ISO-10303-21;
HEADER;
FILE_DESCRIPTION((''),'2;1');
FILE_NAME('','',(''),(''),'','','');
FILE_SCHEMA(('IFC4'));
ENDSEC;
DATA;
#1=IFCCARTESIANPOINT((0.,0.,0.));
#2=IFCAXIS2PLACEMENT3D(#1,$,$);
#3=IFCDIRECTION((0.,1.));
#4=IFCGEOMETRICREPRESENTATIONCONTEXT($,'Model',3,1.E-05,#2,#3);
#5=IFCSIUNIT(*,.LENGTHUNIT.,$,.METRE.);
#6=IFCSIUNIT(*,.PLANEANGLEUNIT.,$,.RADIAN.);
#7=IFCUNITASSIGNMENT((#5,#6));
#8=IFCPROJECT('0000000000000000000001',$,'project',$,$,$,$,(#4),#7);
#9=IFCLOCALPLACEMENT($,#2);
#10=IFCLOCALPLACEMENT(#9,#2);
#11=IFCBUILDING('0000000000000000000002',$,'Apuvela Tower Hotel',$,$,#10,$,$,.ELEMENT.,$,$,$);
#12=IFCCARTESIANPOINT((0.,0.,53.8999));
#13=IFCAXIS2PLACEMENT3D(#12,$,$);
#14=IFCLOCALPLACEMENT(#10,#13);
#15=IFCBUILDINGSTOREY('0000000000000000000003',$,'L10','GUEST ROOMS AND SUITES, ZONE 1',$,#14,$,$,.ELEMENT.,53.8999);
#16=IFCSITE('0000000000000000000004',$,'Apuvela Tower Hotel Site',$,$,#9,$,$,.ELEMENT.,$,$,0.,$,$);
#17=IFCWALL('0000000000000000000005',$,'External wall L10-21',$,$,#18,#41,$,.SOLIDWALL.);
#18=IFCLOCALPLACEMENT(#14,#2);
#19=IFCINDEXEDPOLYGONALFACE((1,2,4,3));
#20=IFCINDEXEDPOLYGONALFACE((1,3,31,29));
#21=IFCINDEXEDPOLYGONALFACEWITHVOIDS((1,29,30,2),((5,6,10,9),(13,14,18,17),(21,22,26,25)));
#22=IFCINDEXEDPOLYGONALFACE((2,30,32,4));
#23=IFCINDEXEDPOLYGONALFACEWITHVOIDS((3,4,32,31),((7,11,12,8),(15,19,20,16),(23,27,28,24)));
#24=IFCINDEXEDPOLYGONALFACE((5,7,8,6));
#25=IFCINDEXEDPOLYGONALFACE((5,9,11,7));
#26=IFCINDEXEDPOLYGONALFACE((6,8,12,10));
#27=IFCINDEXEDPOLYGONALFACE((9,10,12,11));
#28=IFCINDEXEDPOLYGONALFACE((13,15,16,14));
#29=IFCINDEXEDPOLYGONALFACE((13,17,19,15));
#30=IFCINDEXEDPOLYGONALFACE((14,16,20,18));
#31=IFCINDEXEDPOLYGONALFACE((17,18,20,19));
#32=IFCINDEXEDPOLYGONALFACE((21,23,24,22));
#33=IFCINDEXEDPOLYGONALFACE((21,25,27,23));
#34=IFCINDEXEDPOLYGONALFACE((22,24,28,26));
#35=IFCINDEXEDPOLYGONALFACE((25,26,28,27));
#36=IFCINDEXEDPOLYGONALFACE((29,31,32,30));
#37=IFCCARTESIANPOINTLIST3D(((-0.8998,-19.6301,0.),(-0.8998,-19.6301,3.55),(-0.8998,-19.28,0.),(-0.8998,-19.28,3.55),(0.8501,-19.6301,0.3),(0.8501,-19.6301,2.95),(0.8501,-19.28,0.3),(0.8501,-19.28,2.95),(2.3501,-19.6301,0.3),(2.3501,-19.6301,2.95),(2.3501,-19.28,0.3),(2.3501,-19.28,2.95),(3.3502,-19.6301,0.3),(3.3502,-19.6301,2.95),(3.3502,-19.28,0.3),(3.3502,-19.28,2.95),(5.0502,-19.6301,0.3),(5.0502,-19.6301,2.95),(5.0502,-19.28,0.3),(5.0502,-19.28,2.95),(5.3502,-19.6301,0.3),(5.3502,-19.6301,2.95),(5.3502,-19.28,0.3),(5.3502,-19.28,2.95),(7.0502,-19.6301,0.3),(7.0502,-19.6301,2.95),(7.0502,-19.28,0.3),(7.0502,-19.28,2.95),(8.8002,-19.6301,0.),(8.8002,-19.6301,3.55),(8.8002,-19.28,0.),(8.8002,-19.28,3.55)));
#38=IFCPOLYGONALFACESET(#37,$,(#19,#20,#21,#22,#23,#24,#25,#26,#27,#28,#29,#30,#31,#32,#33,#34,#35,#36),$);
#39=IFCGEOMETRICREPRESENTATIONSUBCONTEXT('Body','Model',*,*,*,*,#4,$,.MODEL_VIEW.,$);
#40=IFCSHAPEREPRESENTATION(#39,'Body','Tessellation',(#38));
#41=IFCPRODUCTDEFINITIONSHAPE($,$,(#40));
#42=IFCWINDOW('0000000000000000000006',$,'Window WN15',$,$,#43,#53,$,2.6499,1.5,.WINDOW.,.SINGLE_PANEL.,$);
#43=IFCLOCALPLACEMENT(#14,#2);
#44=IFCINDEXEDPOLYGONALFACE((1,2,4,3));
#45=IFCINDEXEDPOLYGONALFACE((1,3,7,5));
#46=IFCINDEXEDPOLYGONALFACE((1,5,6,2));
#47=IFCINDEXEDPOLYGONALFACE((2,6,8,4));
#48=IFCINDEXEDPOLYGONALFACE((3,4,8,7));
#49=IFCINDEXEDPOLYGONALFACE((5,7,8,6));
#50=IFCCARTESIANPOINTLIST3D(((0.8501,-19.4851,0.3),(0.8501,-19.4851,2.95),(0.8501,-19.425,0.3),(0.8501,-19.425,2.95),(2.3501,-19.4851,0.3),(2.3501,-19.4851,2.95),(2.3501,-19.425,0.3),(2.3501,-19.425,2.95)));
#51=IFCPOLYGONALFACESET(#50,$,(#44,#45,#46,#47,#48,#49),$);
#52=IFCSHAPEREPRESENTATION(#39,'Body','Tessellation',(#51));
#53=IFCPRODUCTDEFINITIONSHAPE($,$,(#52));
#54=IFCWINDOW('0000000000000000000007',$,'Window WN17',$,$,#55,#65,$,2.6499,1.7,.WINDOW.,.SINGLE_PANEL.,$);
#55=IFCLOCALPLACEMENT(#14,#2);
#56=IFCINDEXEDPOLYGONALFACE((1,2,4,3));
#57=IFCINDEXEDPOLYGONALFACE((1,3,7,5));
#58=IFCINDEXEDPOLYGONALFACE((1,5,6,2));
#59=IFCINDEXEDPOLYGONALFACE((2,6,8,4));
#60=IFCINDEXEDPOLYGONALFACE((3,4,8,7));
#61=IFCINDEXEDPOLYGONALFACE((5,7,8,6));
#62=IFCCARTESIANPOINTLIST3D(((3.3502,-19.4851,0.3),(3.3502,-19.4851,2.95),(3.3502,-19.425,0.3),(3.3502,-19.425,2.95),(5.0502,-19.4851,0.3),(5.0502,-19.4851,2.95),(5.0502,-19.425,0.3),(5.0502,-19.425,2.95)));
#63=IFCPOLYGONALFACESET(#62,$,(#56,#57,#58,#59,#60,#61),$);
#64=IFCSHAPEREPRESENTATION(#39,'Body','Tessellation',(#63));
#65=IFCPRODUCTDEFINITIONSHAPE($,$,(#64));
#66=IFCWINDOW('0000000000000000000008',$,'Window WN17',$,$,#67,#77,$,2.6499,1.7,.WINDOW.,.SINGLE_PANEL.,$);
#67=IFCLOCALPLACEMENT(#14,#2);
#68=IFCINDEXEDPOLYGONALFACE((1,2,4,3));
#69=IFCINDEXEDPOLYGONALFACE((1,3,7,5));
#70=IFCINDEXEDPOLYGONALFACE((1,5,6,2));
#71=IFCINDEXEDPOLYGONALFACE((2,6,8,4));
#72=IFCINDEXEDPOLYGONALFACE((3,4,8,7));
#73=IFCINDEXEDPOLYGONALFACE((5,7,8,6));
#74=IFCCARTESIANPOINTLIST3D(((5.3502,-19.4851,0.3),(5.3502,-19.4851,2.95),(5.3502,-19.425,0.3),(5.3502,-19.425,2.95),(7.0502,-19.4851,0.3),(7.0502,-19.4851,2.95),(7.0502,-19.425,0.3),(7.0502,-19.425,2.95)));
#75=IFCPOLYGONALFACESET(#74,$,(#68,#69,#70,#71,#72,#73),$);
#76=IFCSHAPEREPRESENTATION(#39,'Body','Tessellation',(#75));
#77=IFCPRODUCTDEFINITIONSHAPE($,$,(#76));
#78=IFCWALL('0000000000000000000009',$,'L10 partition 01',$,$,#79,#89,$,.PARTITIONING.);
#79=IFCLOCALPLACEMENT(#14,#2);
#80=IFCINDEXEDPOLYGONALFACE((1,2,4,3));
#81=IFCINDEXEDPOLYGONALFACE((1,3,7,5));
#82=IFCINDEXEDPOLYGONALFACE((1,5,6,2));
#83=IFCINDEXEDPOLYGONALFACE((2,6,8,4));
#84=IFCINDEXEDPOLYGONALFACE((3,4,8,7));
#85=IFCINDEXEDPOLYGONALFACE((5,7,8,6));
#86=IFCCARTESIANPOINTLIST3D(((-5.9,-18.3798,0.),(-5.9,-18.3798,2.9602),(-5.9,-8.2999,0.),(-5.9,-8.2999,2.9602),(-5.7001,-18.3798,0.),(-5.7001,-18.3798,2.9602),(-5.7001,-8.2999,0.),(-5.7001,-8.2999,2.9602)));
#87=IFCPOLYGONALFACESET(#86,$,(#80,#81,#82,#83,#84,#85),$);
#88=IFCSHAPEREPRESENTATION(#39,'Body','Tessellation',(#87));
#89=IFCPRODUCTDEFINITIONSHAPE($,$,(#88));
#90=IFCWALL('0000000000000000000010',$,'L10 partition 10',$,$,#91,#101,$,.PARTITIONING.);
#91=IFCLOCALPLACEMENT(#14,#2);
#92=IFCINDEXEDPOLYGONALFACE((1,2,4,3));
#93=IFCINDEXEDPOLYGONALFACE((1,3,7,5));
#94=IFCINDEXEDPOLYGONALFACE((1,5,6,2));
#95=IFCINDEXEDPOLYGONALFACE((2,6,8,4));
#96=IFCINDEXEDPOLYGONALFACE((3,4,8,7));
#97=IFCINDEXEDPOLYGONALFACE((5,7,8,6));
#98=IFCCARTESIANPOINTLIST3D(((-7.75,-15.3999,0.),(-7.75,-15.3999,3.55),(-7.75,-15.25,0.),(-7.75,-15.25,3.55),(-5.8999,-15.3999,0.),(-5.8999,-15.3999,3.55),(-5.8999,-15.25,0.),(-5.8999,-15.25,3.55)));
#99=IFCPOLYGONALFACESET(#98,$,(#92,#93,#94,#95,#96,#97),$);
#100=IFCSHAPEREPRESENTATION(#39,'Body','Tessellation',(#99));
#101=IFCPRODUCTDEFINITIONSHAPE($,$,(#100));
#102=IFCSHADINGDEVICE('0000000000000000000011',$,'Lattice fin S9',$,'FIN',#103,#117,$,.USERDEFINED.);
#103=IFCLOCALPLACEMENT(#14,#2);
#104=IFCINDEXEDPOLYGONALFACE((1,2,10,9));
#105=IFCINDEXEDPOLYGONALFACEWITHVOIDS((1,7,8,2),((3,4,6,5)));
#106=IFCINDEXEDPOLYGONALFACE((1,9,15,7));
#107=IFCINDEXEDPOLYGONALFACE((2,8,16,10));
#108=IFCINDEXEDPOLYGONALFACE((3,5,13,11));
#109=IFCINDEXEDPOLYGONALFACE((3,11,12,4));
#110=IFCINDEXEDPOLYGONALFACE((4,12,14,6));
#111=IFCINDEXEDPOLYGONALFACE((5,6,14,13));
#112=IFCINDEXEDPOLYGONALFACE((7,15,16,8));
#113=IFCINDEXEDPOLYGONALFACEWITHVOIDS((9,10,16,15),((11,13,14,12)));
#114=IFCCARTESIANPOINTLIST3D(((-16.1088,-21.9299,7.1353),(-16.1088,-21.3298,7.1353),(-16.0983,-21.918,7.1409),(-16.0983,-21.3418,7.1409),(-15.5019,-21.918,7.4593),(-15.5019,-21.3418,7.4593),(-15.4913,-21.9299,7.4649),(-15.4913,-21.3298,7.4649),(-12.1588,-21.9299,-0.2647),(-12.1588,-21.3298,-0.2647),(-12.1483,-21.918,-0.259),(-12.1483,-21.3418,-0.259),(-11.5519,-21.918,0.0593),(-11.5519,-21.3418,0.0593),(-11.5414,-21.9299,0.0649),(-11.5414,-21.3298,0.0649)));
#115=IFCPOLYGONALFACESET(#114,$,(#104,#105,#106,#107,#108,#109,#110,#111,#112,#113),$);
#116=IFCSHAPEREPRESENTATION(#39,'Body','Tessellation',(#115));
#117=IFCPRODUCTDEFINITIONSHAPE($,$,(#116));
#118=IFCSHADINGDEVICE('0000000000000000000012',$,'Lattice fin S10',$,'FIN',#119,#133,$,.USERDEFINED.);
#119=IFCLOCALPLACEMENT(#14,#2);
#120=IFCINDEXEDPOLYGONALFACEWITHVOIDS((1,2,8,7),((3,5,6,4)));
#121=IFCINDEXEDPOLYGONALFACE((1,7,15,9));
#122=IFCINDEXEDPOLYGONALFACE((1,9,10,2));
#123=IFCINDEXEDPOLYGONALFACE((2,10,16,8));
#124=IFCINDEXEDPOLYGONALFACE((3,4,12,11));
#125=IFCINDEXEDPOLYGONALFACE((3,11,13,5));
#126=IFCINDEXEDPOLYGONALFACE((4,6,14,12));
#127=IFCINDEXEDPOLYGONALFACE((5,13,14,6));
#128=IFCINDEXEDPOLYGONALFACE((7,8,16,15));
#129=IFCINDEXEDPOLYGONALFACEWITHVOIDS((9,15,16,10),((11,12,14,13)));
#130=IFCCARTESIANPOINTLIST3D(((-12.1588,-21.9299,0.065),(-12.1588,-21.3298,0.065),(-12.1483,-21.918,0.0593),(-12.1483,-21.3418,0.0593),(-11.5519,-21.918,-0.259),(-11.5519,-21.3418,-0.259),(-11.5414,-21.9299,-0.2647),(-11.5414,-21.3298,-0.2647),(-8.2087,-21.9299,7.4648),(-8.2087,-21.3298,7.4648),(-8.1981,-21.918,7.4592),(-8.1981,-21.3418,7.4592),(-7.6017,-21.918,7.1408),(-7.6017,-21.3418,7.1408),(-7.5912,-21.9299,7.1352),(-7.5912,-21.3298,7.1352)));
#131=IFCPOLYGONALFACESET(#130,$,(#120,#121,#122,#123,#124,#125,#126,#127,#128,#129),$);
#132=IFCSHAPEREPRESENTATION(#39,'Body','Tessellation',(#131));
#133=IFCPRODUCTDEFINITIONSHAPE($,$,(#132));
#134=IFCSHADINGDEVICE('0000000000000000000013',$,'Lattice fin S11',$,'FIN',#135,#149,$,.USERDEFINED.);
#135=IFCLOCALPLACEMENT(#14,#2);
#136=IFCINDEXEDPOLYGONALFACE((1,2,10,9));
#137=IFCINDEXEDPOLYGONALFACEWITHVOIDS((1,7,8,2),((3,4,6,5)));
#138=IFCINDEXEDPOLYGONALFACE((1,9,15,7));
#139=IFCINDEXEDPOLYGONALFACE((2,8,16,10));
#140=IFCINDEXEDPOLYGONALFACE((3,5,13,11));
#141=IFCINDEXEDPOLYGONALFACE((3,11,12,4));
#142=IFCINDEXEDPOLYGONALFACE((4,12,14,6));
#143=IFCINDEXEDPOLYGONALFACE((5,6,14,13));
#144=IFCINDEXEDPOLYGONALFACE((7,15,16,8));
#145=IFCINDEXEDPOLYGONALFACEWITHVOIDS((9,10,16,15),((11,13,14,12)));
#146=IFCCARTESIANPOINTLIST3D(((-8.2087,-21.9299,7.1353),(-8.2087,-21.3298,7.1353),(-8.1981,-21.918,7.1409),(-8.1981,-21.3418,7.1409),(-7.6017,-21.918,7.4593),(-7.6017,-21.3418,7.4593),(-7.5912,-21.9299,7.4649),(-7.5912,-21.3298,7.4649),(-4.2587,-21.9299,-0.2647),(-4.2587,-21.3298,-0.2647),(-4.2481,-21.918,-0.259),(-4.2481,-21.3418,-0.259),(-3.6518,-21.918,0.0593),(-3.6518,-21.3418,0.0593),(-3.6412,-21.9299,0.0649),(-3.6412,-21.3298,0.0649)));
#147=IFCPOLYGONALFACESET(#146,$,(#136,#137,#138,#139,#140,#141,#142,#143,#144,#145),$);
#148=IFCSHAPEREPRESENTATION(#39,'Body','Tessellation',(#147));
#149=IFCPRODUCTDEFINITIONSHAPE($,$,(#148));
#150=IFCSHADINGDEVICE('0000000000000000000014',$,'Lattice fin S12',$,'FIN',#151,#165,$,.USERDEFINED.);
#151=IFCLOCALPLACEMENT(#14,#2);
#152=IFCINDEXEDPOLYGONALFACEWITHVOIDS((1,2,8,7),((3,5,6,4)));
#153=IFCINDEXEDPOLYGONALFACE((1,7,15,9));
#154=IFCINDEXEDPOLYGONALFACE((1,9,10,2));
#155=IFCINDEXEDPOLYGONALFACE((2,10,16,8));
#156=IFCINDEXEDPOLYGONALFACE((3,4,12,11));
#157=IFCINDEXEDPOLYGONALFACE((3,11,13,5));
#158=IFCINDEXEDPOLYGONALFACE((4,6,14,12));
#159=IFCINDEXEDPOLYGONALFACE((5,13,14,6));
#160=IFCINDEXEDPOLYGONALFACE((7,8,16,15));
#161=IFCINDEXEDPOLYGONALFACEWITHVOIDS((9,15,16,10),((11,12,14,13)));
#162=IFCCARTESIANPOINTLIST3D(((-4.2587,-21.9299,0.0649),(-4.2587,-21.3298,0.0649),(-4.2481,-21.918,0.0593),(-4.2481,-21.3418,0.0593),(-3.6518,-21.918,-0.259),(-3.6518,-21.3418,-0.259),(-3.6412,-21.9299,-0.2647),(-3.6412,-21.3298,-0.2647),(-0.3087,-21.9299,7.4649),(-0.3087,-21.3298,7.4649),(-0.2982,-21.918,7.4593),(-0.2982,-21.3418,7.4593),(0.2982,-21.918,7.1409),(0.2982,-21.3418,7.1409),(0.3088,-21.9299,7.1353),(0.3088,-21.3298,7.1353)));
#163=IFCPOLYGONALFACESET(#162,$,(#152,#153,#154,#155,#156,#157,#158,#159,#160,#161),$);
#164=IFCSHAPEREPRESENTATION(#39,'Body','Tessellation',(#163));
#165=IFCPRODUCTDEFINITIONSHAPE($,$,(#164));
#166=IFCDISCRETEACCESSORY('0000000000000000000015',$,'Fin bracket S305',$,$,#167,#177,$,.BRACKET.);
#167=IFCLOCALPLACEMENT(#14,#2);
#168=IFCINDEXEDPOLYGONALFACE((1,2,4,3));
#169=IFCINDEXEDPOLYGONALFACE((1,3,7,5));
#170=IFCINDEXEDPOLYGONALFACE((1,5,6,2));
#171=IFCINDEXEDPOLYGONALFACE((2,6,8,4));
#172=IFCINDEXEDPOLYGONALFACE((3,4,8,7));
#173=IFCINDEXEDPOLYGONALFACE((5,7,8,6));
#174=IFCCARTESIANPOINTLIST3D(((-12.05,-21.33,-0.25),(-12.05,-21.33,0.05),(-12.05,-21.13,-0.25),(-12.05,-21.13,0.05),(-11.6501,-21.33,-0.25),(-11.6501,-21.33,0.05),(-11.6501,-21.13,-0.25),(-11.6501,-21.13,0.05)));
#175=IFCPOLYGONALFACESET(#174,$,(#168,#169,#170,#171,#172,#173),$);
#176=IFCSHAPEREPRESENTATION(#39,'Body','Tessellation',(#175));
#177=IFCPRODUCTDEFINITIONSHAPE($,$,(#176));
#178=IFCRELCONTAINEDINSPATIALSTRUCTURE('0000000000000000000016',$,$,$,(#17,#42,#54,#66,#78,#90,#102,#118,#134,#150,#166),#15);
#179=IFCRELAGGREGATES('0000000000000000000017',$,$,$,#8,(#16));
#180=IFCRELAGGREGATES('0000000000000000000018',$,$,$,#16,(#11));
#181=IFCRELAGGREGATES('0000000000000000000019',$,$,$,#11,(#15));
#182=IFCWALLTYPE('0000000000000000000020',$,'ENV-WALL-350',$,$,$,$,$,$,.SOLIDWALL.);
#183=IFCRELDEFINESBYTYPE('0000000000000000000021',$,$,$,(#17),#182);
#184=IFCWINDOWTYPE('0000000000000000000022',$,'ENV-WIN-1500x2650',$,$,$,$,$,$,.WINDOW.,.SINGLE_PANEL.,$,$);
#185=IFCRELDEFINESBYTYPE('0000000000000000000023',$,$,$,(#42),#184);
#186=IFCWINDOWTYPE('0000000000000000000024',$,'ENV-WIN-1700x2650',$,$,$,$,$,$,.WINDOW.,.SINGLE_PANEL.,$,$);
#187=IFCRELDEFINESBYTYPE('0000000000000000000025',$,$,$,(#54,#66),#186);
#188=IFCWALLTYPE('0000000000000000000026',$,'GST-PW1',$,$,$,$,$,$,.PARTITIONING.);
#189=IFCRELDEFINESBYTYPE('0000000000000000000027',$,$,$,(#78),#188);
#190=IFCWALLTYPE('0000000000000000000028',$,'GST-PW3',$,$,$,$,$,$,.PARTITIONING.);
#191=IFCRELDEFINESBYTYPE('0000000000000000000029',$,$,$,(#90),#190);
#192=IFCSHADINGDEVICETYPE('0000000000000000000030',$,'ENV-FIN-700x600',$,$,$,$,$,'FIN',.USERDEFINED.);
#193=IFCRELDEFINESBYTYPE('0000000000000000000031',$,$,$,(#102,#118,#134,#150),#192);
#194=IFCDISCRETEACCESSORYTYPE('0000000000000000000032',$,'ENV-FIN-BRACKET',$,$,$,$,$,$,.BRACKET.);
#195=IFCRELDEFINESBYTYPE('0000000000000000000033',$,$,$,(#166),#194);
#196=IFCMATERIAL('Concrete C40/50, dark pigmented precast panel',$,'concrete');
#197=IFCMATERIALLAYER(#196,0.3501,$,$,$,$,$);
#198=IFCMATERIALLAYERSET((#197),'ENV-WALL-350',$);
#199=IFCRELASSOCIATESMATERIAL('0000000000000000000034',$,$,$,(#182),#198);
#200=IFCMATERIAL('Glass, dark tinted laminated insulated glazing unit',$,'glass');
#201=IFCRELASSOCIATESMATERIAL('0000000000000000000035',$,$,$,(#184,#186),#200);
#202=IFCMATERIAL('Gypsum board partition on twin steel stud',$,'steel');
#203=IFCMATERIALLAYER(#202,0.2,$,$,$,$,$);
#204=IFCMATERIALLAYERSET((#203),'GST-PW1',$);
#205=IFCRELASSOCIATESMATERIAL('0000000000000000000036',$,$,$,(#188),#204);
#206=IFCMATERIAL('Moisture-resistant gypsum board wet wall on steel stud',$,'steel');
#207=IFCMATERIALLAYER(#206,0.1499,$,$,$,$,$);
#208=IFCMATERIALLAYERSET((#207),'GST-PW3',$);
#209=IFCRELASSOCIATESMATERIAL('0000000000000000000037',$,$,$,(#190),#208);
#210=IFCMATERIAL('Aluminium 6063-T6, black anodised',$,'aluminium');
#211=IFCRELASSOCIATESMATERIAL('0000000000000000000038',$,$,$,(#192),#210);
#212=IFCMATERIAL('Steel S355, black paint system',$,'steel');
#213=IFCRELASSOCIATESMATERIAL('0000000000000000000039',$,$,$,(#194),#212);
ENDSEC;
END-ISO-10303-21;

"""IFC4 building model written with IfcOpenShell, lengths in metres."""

from ifc_helpers import new_model, si_unit, direction, frame, frame_2d, origin, origin_2d, place, context, subcontext, project, spatial, rectangle, hollow_rectangle, extrude, material, layer, layer_set, material_profile, profile_set, type_object, element, fill, save


model = new_model("IFC4")

# Units and contexts
model_context = context("Model", 3, precision=1e-05, world=origin(), true_north=direction((0.0, 1.0)))
body_context = subcontext(model_context, "Body", "Model", "MODEL_VIEW")
ifc_project = project(units=[si_unit("LENGTHUNIT", "METRE"), si_unit("PLANEANGLEUNIT", "RADIAN")], contexts=[model_context])

# Site, building, storey
site_placement = place(None, origin())
site = spatial("IfcSite", under=ifc_project, at=site_placement, Name="Apuvela Tower Hotel Site", CompositionType="ELEMENT", RefElevation=0.0)
building_placement = place(site_placement, origin())
building = spatial("IfcBuilding", under=site, at=building_placement, Name="Apuvela Tower Hotel", CompositionType="ELEMENT")
storey_placement = place(building_placement, frame((0.0, 0.0, 53.8999)))
storey = spatial("IfcBuildingStorey", under=building, at=storey_placement, Name="L10", Description="GUEST ROOMS AND SUITES, ZONE 1", CompositionType="ELEMENT", Elevation=53.8999)

# Shared definitions
ifc_material_1 = material(Name="Concrete C40/50, dark pigmented precast panel", Category="concrete")
ifc_layer_1 = layer(ifc_material_1, 0.3501)
ifc_layer_set_1 = layer_set([ifc_layer_1], Name="ENV-WALL-350")
wall_type_1 = type_object("IfcWallType", Name="ENV-WALL-350", PredefinedType="SOLIDWALL", material=ifc_layer_set_1)

# Shared definitions
ifc_material_2 = material(Name="Glass, dark tinted laminated insulated glazing unit", Category="glass")

# Wall, openings, windows
wall_1_placement = place(storey_placement, frame((-0.8999, -19.4551, 0.0), z_axis=(0.0, 0.0, 1.0), x_axis=(1.0, 0.0, 0.0)))
wall_1 = element("IfcWall", 1, at=wall_1_placement, inside=storey, type_object=wall_type_1, Name="External wall L10-21", PredefinedType="SOLIDWALL", context=body_context, shape_type="SweptSolid", body=[
    extrude(rectangle(XDim=9.7, YDim=0.3501, at=frame_2d((4.8501, 0.0))), origin(), (0.0, 0.0, 1.0), 3.55),
])
opening_1_placement = place(wall_1_placement, frame((1.75, 0.0, 0.3)))
opening_1 = element("IfcOpeningElement", 2, at=opening_1_placement, cuts=wall_1, PredefinedType="OPENING", context=body_context, shape_type="SweptSolid", body=[
    extrude(rectangle(XDim=1.5, YDim=2.6499, at=frame_2d((0.75, 1.325))), frame((0.0, 0.1851, 0.0), z_axis=(0.0, -1.0, 0.0), x_axis=(1.0, 0.0, 0.0)), (0.0, 0.0, 1.0), 0.3701),
])
opening_2_placement = place(wall_1_placement, frame((4.25, 0.0, 0.3)))
opening_2 = element("IfcOpeningElement", 3, at=opening_2_placement, cuts=wall_1, PredefinedType="OPENING", context=body_context, shape_type="SweptSolid", body=[
    extrude(rectangle(XDim=1.7, YDim=2.6499, at=frame_2d((0.8501, 1.325))), frame((0.0, 0.1851, 0.0), z_axis=(0.0, -1.0, 0.0), x_axis=(1.0, 0.0, 0.0)), (0.0, 0.0, 1.0), 0.3701),
])
opening_3_placement = place(wall_1_placement, frame((6.25, 0.0, 0.3)))
opening_3 = element("IfcOpeningElement", 4, at=opening_3_placement, cuts=wall_1, PredefinedType="OPENING", context=body_context, shape_type="SweptSolid", body=[
    extrude(rectangle(XDim=1.7, YDim=2.6499, at=frame_2d((0.8501, 1.325))), frame((0.0, 0.1851, 0.0), z_axis=(0.0, -1.0, 0.0), x_axis=(1.0, 0.0, 0.0)), (0.0, 0.0, 1.0), 0.3701),
])
window_type_1 = type_object("IfcWindowType", Name="ENV-WIN-1500x2650", PartitioningType="SINGLE_PANEL", PredefinedType="WINDOW", material=ifc_material_2)
window_1_placement = place(opening_1_placement, origin())
window_1 = element("IfcWindow", 5, at=window_1_placement, inside=storey, type_object=window_type_1, Name="Window WN15", OverallHeight=2.6499, OverallWidth=1.5, PartitioningType="SINGLE_PANEL", PredefinedType="WINDOW", context=body_context, shape_type="SweptSolid", body=[
    extrude(rectangle(XDim=1.5, YDim=2.6499, at=frame_2d((0.75, 1.325))), frame((0.0, 0.03, 0.0), z_axis=(0.0, -1.0, 0.0), x_axis=(1.0, 0.0, 0.0)), (0.0, 0.0, 1.0), 0.0601),
])
fill(opening_1, window_1)
window_type_2 = type_object("IfcWindowType", Name="ENV-WIN-1700x2650", PartitioningType="SINGLE_PANEL", PredefinedType="WINDOW", material=ifc_material_2)
window_2_placement = place(opening_2_placement, origin())
window_2 = element("IfcWindow", 6, at=window_2_placement, inside=storey, type_object=window_type_2, Name="Window WN17", OverallHeight=2.6499, OverallWidth=1.7, PartitioningType="SINGLE_PANEL", PredefinedType="WINDOW", context=body_context, shape_type="SweptSolid", body=[
    extrude(rectangle(XDim=1.7, YDim=2.6499, at=frame_2d((0.8501, 1.325))), frame((0.0, 0.03, 0.0), z_axis=(0.0, -1.0, 0.0), x_axis=(1.0, 0.0, 0.0)), (0.0, 0.0, 1.0), 0.0601),
])
fill(opening_2, window_2)
window_3_placement = place(opening_3_placement, origin())
window_3 = element("IfcWindow", 7, at=window_3_placement, inside=storey, type_object=window_type_2, Name="Window WN17", OverallHeight=2.6499, OverallWidth=1.7, PartitioningType="SINGLE_PANEL", PredefinedType="WINDOW", context=body_context, shape_type="SweptSolid", body=[
    extrude(rectangle(XDim=1.7, YDim=2.6499, at=frame_2d((0.8501, 1.325))), frame((0.0, 0.03, 0.0), z_axis=(0.0, -1.0, 0.0), x_axis=(1.0, 0.0, 0.0)), (0.0, 0.0, 1.0), 0.0601),
])
fill(opening_3, window_3)

# Walls
ifc_material_3 = material(Name="Gypsum board partition on twin steel stud", Category="steel")
ifc_layer_2 = layer(ifc_material_3, 0.2)
ifc_layer_set_2 = layer_set([ifc_layer_2], Name="GST-PW1")
wall_type_2 = type_object("IfcWallType", Name="GST-PW1", PredefinedType="PARTITIONING", material=ifc_layer_set_2)
wall_2_placement = place(storey_placement, frame((-5.8, -18.3799, 0.0), z_axis=(0.0, 0.0, 1.0), x_axis=(0.0, 1.0, 0.0)))
element("IfcWall", 8, at=wall_2_placement, inside=storey, type_object=wall_type_2, Name="L10 partition 01", PredefinedType="PARTITIONING", context=body_context, shape_type="SweptSolid", body=[
    extrude(rectangle(XDim=10.0798, YDim=0.2, at=frame_2d((5.04, 0.0))), origin(), (0.0, 0.0, 1.0), 2.9602),
])
ifc_material_4 = material(Name="Moisture-resistant gypsum board wet wall on steel stud", Category="steel")
ifc_layer_3 = layer(ifc_material_4, 0.1499)
ifc_layer_set_3 = layer_set([ifc_layer_3], Name="GST-PW3")
wall_type_3 = type_object("IfcWallType", Name="GST-PW3", PredefinedType="PARTITIONING", material=ifc_layer_set_3)
wall_3_placement = place(storey_placement, frame((-7.75, -15.325, 0.0), z_axis=(0.0, 0.0, 1.0), x_axis=(1.0, 0.0, 0.0)))
element("IfcWall", 9, at=wall_3_placement, inside=storey, type_object=wall_type_3, Name="L10 partition 10", PredefinedType="PARTITIONING", context=body_context, shape_type="SweptSolid", body=[
    extrude(rectangle(XDim=1.8501, YDim=0.1499, at=frame_2d((0.925, 0.0))), origin(), (0.0, 0.0, 1.0), 3.55),
])

# Shading devices
ifc_material_5 = material(Name="Aluminium 6063-T6, black anodised", Category="aluminium")
ifc_material_profile_1 = material_profile(ifc_material_5, hollow_rectangle(XDim=0.6001, YDim=0.7, WallThickness=0.012, at=origin_2d()), Name="AL BOX 700x600x12")
ifc_profile_set_1 = profile_set([ifc_material_profile_1], Name="Aluminium 6063-T6, black anodised")
shading_device_type = type_object("IfcShadingDeviceType", Name="ENV-FIN-700x600", ElementType="FIN", PredefinedType="USERDEFINED", material=ifc_profile_set_1)
for number, where, z_axis, x_axis, name in (
    (10, (-11.8501, -21.6299, -0.0999), (-0.470898, 0.0, 0.882188), (0.0, -1.0, 0.0), "Lattice fin S9"),
    (11, (-11.8501, -21.6299, -0.0999), (0.470921, 0.0, 0.882176), (0.0, 1.0, 0.0), "Lattice fin S10"),
    (12, (-3.95, -21.6299, -0.0999), (-0.470898, 0.0, 0.882188), (0.0, -1.0, 0.0), "Lattice fin S11"),
    (13, (-3.95, -21.6299, -0.0999), (0.470898, 0.0, 0.882188), (0.0, 1.0, 0.0), "Lattice fin S12"),
):
    element("IfcShadingDevice", number, at=place(storey_placement, frame(where, z_axis=z_axis, x_axis=x_axis)), inside=storey, type_object=shading_device_type, Name=name, ObjectType="FIN", PredefinedType="USERDEFINED", context=body_context, shape_type="SweptSolid", body=[
        extrude(hollow_rectangle(XDim=0.6001, YDim=0.7, WallThickness=0.012, at=origin_2d()), origin(), (0.0, 0.0, 1.0), 8.3882),
    ])

# Discrete accessory
ifc_material_6 = material(Name="Steel S355, black paint system", Category="steel")
discrete_accessory_type = type_object("IfcDiscreteAccessoryType", Name="ENV-FIN-BRACKET", PredefinedType="BRACKET", material=ifc_material_6)
for number, where, z_axis, x_axis, name in (
    (14, (-11.8501, -21.23, -0.25), (0.0, 0.0, 1.0), (1.0, 0.0, 0.0), "Fin bracket S305"),
):
    element("IfcDiscreteAccessory", number, at=place(storey_placement, frame(where, z_axis=z_axis, x_axis=x_axis)), inside=storey, type_object=discrete_accessory_type, Name=name, PredefinedType="BRACKET", context=body_context, shape_type="SweptSolid", body=[
        extrude(rectangle(XDim=0.3999, YDim=0.2, at=origin_2d()), origin(), (0.0, 0.0, 1.0), 0.3),
    ])

save(model, "model.ifc")
